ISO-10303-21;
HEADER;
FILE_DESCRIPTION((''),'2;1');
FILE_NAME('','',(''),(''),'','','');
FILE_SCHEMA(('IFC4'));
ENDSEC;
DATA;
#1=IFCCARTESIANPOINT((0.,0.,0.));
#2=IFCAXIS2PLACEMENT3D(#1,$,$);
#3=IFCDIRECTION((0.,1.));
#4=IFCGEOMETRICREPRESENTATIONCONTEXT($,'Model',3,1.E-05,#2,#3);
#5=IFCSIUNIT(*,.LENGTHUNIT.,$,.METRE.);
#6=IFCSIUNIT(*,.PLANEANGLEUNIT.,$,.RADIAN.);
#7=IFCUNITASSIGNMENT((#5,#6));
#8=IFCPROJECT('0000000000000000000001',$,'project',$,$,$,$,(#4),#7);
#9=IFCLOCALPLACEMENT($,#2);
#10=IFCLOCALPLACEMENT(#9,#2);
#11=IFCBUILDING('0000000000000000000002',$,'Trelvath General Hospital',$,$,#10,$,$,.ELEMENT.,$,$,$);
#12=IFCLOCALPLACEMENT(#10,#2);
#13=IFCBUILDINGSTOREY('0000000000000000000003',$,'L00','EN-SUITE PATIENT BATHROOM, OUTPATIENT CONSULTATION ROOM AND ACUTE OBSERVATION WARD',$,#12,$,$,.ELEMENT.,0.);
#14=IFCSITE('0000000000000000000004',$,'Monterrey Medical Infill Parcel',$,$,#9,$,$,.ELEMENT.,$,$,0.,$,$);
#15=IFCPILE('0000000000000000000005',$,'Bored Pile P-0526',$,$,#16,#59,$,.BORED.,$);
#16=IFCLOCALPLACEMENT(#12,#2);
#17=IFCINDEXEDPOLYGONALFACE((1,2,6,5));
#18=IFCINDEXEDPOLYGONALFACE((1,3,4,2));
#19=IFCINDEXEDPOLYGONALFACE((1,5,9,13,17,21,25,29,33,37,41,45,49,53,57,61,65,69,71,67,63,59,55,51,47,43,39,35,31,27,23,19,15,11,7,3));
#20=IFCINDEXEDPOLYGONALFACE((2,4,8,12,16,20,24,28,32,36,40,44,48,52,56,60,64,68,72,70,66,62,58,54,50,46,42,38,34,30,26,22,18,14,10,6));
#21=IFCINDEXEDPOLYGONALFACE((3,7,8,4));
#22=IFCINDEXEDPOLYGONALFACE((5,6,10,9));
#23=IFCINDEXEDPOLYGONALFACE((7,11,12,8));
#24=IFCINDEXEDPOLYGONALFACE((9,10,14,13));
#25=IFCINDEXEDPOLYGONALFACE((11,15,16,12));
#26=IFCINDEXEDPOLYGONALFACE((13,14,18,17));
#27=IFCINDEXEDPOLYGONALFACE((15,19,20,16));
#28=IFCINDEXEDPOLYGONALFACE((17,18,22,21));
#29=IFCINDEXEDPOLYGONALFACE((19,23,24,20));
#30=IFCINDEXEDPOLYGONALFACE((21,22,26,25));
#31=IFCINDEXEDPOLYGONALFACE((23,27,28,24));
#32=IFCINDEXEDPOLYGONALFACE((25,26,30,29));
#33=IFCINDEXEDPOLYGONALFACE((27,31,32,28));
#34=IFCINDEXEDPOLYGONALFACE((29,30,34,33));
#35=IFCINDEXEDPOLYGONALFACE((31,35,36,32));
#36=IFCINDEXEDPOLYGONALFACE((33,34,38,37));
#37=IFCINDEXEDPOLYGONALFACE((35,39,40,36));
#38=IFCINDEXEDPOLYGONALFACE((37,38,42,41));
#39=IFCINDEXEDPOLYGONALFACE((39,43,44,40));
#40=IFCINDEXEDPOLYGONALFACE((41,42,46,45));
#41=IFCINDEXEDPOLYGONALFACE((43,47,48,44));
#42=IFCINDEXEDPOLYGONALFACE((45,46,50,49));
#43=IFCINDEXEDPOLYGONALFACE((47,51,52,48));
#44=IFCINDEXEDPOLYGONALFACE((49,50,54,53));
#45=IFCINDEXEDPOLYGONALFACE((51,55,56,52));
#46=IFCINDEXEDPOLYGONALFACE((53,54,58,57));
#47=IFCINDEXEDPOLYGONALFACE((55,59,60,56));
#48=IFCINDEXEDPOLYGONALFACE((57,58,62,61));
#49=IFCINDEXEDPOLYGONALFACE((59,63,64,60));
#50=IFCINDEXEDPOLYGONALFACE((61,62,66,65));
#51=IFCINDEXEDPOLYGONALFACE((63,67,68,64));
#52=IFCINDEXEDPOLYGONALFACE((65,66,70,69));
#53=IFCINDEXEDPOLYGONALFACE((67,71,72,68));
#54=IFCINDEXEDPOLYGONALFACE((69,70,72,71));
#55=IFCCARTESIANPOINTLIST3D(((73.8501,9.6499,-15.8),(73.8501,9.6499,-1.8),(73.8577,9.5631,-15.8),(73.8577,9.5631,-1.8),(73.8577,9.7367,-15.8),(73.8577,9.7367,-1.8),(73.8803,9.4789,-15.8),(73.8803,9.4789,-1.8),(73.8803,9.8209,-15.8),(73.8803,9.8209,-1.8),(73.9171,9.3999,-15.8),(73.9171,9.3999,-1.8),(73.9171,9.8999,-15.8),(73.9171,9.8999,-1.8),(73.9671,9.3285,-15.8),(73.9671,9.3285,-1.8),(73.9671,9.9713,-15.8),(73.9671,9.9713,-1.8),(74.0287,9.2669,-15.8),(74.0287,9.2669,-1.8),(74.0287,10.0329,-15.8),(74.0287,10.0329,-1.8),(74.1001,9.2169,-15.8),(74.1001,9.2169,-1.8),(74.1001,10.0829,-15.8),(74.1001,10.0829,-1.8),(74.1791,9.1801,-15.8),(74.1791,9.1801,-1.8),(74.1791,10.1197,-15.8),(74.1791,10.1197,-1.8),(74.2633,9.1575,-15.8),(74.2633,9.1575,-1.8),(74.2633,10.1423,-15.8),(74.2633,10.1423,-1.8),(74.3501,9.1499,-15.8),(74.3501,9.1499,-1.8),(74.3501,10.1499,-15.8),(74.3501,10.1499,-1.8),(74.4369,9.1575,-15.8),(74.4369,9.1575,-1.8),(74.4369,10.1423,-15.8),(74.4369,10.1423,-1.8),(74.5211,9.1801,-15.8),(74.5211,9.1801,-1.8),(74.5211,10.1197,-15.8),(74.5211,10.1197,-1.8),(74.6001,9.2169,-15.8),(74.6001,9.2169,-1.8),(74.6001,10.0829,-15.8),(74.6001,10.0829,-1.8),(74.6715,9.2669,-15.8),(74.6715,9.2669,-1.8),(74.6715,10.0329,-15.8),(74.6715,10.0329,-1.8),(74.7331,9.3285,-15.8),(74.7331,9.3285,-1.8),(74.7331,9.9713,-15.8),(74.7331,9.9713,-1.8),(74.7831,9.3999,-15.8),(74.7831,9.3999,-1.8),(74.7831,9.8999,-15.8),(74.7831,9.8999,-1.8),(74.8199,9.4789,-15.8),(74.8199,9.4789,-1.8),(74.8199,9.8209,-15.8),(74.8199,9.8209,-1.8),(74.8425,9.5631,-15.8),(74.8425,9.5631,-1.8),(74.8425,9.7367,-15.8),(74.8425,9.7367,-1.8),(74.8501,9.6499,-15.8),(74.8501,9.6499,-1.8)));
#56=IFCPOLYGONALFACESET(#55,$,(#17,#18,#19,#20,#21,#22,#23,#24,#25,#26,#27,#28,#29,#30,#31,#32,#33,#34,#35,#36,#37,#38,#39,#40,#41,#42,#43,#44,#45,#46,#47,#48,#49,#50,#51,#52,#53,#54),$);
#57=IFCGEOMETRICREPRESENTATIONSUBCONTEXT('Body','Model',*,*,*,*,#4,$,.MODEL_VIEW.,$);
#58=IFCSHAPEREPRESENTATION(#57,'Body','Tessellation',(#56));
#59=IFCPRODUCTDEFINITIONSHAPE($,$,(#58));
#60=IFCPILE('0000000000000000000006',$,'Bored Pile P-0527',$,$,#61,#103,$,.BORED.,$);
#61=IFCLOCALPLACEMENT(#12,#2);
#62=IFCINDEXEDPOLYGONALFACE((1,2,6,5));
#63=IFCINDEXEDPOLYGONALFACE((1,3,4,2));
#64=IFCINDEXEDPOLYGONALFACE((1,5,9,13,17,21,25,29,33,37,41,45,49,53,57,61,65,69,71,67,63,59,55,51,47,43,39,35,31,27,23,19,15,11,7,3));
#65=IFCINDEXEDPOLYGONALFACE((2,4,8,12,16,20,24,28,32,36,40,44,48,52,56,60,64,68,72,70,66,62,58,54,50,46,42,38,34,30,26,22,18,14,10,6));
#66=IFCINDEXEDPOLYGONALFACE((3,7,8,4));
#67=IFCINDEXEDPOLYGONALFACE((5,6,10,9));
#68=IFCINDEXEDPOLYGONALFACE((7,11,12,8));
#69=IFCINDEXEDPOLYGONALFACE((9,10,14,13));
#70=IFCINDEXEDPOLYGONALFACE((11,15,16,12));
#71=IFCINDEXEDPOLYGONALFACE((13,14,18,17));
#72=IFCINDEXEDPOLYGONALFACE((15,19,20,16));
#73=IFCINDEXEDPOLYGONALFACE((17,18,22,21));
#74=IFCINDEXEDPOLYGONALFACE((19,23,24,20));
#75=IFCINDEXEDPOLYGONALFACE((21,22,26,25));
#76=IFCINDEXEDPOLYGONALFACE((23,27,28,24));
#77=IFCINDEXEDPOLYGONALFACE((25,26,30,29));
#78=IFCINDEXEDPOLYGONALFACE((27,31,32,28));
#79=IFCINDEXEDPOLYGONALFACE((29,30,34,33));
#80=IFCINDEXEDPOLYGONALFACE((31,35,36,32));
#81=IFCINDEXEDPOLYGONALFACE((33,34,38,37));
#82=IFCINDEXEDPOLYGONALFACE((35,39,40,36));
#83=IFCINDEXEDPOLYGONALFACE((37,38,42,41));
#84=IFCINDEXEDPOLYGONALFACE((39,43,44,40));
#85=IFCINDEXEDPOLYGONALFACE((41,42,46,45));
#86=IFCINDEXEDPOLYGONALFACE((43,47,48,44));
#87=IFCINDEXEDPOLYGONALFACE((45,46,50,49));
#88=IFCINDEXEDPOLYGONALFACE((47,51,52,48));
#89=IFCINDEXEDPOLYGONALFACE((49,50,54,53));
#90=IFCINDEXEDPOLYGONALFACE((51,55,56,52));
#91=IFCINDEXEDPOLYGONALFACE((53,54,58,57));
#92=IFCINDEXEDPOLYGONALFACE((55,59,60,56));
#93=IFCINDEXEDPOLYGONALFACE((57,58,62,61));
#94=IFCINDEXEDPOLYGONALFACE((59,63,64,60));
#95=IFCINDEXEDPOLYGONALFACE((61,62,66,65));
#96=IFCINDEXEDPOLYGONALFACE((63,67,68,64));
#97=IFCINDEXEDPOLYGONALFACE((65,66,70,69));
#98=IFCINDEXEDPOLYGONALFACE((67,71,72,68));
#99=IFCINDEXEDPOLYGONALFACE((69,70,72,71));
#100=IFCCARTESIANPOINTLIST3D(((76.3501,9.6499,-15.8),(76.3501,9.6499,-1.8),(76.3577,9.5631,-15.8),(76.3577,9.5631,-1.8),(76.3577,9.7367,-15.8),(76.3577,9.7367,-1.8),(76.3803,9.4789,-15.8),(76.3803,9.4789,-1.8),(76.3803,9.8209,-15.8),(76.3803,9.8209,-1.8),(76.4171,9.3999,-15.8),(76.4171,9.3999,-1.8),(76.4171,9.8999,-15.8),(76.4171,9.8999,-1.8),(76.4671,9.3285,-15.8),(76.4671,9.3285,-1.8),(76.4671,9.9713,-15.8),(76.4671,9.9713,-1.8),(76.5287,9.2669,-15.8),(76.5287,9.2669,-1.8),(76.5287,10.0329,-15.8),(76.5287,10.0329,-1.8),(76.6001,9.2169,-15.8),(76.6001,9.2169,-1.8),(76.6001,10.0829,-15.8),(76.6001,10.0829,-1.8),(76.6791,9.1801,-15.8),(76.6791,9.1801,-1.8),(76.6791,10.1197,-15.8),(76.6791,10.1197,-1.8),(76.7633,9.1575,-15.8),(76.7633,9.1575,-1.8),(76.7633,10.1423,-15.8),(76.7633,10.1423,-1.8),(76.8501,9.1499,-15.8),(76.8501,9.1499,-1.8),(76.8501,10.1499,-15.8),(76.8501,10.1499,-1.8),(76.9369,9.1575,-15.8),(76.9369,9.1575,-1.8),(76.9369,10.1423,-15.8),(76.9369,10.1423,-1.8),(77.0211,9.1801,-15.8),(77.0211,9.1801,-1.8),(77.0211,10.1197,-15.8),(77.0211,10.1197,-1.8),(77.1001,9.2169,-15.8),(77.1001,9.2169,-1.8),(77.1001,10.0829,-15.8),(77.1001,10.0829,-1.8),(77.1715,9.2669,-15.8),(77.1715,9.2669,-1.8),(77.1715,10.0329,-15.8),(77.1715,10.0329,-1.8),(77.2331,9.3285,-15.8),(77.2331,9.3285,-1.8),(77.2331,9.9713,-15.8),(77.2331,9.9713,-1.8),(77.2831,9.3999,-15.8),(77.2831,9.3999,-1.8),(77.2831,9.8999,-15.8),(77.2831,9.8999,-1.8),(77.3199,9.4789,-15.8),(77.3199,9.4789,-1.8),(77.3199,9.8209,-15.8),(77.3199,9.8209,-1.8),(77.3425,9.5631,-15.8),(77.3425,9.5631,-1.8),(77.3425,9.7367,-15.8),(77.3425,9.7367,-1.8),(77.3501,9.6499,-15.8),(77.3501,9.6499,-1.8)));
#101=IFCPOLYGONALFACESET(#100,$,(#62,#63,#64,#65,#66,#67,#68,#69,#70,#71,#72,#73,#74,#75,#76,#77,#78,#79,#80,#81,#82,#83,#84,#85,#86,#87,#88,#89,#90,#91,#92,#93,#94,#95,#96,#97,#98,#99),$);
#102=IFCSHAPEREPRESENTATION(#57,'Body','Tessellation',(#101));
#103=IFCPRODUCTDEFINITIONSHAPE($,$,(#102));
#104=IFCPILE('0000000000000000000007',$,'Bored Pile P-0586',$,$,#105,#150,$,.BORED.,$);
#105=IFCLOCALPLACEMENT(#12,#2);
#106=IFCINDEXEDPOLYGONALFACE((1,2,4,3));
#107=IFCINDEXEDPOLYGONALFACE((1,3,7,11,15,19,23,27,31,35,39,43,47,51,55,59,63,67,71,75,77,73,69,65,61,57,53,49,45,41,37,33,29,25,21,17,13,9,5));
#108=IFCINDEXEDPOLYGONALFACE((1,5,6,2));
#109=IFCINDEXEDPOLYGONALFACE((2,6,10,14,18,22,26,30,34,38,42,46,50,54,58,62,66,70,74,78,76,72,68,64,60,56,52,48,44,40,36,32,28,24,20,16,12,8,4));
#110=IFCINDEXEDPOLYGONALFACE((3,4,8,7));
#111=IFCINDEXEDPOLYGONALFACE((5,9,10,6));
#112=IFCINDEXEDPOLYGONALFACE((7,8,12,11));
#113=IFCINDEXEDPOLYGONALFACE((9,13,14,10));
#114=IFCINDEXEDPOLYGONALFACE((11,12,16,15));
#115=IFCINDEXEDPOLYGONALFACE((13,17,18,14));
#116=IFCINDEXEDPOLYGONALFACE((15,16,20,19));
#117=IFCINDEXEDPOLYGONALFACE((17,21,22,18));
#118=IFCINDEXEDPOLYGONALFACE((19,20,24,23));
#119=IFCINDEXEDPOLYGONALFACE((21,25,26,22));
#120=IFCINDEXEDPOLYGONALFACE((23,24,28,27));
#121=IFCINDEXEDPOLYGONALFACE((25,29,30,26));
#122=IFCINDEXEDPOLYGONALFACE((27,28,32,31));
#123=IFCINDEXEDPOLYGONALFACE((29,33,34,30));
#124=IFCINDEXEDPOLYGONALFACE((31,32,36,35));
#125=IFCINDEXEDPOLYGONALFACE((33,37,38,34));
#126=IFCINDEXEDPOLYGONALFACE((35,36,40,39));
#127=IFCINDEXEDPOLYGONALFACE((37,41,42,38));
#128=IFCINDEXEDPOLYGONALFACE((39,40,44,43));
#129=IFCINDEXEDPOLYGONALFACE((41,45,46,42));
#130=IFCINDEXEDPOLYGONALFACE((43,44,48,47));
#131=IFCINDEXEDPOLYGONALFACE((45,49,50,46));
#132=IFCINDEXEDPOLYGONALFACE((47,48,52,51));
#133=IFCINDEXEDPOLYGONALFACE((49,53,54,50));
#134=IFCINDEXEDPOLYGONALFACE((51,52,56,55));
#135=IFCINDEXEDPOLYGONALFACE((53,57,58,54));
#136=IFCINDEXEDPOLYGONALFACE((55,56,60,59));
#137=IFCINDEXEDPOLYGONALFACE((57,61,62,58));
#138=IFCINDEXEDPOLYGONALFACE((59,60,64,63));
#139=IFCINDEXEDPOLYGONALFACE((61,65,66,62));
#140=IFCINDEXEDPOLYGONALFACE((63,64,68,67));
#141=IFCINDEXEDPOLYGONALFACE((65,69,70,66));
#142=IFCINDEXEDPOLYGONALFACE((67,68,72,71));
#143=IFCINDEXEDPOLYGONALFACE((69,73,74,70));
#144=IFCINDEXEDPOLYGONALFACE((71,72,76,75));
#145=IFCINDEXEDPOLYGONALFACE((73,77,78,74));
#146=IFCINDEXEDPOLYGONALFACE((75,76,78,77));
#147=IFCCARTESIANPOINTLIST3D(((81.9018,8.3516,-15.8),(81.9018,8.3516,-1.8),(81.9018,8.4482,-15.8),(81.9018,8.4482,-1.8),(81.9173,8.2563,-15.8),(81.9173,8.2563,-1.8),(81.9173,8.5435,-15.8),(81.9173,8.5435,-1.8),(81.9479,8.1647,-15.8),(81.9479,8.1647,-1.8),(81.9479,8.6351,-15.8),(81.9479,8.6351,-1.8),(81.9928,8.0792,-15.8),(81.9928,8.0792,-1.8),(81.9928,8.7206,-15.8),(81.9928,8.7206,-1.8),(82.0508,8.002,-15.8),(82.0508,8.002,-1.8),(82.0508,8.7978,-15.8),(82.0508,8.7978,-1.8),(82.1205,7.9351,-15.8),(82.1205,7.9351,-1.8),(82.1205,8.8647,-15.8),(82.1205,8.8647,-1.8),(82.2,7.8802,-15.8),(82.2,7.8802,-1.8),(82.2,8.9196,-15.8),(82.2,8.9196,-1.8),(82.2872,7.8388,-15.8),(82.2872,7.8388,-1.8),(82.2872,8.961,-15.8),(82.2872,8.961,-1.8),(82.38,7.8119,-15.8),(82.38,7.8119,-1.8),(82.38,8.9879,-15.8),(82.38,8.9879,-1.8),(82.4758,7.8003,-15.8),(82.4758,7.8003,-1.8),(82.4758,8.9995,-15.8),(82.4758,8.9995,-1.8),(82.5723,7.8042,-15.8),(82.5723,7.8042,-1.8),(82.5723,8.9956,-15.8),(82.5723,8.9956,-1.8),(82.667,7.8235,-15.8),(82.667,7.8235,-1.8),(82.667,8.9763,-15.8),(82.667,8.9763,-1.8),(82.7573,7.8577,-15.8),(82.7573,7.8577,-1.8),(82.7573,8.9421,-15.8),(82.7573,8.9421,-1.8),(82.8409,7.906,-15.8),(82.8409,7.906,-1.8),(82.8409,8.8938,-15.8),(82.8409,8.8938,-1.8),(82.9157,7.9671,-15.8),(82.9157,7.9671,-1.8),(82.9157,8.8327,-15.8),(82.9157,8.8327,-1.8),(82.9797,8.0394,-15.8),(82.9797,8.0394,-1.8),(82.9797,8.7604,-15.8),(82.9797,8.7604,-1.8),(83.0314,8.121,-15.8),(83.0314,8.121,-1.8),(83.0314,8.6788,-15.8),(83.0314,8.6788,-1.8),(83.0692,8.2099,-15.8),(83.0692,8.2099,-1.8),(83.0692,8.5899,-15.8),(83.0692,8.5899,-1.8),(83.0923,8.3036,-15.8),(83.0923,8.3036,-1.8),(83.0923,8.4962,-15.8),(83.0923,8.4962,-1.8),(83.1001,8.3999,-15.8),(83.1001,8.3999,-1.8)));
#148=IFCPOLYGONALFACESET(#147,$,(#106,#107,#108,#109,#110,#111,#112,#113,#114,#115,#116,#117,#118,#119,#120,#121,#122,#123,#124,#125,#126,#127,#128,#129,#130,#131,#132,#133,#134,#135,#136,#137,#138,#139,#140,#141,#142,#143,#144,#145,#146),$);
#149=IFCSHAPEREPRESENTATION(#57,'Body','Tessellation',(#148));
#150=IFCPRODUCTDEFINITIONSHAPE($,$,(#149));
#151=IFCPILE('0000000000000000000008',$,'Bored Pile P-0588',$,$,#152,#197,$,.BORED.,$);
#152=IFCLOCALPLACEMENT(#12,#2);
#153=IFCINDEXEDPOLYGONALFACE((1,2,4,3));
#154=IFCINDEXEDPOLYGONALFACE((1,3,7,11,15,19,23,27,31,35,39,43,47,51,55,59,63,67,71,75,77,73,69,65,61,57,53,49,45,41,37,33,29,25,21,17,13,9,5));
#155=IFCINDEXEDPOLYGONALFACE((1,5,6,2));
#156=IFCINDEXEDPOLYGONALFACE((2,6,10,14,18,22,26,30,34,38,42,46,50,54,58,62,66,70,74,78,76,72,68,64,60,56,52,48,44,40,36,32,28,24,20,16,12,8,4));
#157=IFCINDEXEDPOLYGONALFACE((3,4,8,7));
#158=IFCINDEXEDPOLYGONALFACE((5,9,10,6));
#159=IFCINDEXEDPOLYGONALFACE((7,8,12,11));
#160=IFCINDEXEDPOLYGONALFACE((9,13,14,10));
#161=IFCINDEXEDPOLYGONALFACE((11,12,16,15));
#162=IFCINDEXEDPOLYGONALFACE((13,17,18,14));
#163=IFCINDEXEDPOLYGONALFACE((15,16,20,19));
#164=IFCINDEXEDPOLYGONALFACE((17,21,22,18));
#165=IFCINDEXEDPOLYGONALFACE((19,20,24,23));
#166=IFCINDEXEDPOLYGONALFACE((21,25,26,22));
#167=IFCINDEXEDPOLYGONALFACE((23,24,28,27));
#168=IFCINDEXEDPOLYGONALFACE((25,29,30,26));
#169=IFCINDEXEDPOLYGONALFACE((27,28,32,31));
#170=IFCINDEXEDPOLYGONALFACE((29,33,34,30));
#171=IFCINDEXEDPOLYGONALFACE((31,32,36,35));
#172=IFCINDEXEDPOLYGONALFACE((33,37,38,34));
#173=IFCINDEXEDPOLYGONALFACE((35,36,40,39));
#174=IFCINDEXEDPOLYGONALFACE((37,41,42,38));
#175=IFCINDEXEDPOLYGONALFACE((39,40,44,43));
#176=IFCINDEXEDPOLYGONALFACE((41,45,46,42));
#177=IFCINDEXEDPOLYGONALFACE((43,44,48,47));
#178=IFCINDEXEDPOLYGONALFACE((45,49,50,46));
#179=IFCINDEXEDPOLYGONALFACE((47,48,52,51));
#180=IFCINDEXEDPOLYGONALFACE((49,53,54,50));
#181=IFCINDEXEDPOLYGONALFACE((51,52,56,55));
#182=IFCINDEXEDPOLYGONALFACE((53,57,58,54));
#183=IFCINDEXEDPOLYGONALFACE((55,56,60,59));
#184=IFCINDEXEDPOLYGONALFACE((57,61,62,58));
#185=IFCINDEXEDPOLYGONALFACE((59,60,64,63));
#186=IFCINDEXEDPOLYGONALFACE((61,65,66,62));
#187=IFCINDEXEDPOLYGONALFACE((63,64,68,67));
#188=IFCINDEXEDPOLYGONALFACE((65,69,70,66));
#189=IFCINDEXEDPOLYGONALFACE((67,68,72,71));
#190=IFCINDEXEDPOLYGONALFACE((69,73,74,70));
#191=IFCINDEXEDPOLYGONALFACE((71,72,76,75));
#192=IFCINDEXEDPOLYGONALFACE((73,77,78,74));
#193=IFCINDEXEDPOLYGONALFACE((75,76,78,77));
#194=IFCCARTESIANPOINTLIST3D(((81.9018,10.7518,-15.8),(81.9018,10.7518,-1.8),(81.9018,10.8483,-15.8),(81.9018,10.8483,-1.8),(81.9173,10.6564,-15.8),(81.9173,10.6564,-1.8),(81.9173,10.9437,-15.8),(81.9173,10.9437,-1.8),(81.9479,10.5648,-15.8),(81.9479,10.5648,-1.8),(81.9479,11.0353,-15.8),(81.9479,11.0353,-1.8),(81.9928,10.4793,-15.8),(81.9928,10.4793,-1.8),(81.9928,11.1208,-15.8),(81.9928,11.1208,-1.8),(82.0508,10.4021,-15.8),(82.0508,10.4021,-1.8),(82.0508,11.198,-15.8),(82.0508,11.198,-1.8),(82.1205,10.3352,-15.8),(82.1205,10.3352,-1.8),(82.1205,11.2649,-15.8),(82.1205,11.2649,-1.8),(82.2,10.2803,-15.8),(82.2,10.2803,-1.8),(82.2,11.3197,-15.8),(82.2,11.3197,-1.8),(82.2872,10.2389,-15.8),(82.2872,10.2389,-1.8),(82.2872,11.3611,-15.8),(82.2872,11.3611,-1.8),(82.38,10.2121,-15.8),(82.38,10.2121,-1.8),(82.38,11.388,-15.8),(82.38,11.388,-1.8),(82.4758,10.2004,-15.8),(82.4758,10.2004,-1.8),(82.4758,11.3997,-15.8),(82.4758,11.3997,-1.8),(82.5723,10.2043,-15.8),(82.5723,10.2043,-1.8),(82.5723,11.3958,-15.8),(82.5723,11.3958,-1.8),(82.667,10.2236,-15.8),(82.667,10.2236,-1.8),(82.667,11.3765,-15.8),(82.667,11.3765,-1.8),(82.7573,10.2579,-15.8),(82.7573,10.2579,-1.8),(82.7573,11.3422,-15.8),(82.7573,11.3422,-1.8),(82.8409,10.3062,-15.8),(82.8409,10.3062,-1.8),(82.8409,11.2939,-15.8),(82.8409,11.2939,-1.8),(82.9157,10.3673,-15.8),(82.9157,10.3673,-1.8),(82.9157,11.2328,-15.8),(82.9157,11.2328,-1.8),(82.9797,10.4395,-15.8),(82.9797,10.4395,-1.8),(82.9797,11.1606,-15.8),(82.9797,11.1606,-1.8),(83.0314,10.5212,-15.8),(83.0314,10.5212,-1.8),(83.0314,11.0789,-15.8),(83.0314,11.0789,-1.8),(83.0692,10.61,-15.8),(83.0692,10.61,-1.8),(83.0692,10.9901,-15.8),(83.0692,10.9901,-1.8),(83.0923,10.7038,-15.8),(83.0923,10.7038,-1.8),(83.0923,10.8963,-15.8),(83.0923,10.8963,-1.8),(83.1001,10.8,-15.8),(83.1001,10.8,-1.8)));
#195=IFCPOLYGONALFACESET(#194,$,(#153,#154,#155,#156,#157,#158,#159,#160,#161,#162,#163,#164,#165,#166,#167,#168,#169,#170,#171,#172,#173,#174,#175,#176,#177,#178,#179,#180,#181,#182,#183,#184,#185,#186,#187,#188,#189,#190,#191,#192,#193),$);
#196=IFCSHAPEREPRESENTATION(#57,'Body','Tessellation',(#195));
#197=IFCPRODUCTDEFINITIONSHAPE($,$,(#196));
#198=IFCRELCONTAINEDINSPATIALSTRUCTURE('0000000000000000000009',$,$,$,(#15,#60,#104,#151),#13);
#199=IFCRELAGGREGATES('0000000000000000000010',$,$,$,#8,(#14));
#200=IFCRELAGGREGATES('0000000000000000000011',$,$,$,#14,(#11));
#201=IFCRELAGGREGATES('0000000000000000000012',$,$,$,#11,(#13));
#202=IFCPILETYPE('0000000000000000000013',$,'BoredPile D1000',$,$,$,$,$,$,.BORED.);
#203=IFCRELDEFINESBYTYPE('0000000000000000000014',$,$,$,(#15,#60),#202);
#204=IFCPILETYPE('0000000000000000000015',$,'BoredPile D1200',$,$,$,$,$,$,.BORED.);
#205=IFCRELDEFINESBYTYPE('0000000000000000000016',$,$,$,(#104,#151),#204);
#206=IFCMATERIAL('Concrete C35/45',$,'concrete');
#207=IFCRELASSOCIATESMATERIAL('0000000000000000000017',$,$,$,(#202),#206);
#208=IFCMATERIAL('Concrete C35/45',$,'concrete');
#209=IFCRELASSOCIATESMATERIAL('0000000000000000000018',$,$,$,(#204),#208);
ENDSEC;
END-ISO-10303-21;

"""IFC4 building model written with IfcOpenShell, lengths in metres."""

from ifc_helpers import new_model, si_unit, direction, frame, origin, origin_2d, place, context, subcontext, project, spatial, circle, extrude, material, material_profile, profile_set, type_object, element, save


model = new_model("IFC4")

# Units and contexts
model_context = context("Model", 3, precision=1e-05, world=origin(), true_north=direction((0.0, 1.0)))
body_context = subcontext(model_context, "Body", "Model", "MODEL_VIEW")
ifc_project = project(units=[si_unit("LENGTHUNIT", "METRE"), si_unit("PLANEANGLEUNIT", "RADIAN")], contexts=[model_context])

# Site, building, storey
site_placement = place(None, origin())
site = spatial("IfcSite", under=ifc_project, at=site_placement, Name="Monterrey Medical Infill Parcel", CompositionType="ELEMENT", RefElevation=0.0)
building_placement = place(site_placement, origin())
building = spatial("IfcBuilding", under=site, at=building_placement, Name="Trelvath General Hospital", CompositionType="ELEMENT")
storey_placement = place(building_placement, origin())
storey = spatial("IfcBuildingStorey", under=building, at=storey_placement, Name="L00", Description="EN-SUITE PATIENT BATHROOM, OUTPATIENT CONSULTATION ROOM AND ACUTE OBSERVATION WARD", CompositionType="ELEMENT", Elevation=0.0)

# Piles
ifc_material_1 = material(Name="Concrete C35/45", Category="concrete")
ifc_material_profile_1 = material_profile(ifc_material_1, circle(Radius=0.5, at=origin_2d()), Name="PILE1000")
ifc_profile_set_1 = profile_set([ifc_material_profile_1], Name="Concrete C35/45")
pile_type_1 = type_object("IfcPileType", Name="BoredPile D1000", PredefinedType="BORED", material=ifc_profile_set_1)
for number, where, z_axis, x_axis, name in (
    (1, (74.3501, 9.6499, -1.8), (0.0, 0.0, -1.0), (1.0, 0.0, 0.0), "Bored Pile P-0526"),
    (2, (76.8501, 9.6499, -1.8), (0.0, 0.0, -1.0), (1.0, 0.0, 0.0), "Bored Pile P-0527"),
):
    element("IfcPile", number, at=place(storey_placement, frame(where, z_axis=z_axis, x_axis=x_axis)), inside=storey, type_object=pile_type_1, Name=name, PredefinedType="BORED", context=body_context, shape_type="SweptSolid", body=[
        extrude(circle(Radius=0.5, at=origin_2d()), origin(), (0.0, 0.0, 1.0), 14.0),
    ])
ifc_material_2 = material(Name="Concrete C35/45", Category="concrete")
ifc_material_profile_2 = material_profile(ifc_material_2, circle(Radius=0.6001, at=origin_2d()), Name="PILE1200")
ifc_profile_set_2 = profile_set([ifc_material_profile_2], Name="Concrete C35/45")
pile_type_2 = type_object("IfcPileType", Name="BoredPile D1200", PredefinedType="BORED", material=ifc_profile_set_2)
for number, where, z_axis, x_axis, name in (
    (3, (82.5, 8.3999, -1.8), (0.0, 0.0, -1.0), (1.0, 0.0, 0.0), "Bored Pile P-0586"),
    (4, (82.5, 10.8, -1.8), (0.0, 0.0, -1.0), (1.0, 0.0, 0.0), "Bored Pile P-0588"),
):
    element("IfcPile", number, at=place(storey_placement, frame(where, z_axis=z_axis, x_axis=x_axis)), inside=storey, type_object=pile_type_2, Name=name, PredefinedType="BORED", context=body_context, shape_type="SweptSolid", body=[
        extrude(circle(Radius=0.6001, at=origin_2d()), origin(), (0.0, 0.0, 1.0), 14.0),
    ])

save(model, "model.ifc")
